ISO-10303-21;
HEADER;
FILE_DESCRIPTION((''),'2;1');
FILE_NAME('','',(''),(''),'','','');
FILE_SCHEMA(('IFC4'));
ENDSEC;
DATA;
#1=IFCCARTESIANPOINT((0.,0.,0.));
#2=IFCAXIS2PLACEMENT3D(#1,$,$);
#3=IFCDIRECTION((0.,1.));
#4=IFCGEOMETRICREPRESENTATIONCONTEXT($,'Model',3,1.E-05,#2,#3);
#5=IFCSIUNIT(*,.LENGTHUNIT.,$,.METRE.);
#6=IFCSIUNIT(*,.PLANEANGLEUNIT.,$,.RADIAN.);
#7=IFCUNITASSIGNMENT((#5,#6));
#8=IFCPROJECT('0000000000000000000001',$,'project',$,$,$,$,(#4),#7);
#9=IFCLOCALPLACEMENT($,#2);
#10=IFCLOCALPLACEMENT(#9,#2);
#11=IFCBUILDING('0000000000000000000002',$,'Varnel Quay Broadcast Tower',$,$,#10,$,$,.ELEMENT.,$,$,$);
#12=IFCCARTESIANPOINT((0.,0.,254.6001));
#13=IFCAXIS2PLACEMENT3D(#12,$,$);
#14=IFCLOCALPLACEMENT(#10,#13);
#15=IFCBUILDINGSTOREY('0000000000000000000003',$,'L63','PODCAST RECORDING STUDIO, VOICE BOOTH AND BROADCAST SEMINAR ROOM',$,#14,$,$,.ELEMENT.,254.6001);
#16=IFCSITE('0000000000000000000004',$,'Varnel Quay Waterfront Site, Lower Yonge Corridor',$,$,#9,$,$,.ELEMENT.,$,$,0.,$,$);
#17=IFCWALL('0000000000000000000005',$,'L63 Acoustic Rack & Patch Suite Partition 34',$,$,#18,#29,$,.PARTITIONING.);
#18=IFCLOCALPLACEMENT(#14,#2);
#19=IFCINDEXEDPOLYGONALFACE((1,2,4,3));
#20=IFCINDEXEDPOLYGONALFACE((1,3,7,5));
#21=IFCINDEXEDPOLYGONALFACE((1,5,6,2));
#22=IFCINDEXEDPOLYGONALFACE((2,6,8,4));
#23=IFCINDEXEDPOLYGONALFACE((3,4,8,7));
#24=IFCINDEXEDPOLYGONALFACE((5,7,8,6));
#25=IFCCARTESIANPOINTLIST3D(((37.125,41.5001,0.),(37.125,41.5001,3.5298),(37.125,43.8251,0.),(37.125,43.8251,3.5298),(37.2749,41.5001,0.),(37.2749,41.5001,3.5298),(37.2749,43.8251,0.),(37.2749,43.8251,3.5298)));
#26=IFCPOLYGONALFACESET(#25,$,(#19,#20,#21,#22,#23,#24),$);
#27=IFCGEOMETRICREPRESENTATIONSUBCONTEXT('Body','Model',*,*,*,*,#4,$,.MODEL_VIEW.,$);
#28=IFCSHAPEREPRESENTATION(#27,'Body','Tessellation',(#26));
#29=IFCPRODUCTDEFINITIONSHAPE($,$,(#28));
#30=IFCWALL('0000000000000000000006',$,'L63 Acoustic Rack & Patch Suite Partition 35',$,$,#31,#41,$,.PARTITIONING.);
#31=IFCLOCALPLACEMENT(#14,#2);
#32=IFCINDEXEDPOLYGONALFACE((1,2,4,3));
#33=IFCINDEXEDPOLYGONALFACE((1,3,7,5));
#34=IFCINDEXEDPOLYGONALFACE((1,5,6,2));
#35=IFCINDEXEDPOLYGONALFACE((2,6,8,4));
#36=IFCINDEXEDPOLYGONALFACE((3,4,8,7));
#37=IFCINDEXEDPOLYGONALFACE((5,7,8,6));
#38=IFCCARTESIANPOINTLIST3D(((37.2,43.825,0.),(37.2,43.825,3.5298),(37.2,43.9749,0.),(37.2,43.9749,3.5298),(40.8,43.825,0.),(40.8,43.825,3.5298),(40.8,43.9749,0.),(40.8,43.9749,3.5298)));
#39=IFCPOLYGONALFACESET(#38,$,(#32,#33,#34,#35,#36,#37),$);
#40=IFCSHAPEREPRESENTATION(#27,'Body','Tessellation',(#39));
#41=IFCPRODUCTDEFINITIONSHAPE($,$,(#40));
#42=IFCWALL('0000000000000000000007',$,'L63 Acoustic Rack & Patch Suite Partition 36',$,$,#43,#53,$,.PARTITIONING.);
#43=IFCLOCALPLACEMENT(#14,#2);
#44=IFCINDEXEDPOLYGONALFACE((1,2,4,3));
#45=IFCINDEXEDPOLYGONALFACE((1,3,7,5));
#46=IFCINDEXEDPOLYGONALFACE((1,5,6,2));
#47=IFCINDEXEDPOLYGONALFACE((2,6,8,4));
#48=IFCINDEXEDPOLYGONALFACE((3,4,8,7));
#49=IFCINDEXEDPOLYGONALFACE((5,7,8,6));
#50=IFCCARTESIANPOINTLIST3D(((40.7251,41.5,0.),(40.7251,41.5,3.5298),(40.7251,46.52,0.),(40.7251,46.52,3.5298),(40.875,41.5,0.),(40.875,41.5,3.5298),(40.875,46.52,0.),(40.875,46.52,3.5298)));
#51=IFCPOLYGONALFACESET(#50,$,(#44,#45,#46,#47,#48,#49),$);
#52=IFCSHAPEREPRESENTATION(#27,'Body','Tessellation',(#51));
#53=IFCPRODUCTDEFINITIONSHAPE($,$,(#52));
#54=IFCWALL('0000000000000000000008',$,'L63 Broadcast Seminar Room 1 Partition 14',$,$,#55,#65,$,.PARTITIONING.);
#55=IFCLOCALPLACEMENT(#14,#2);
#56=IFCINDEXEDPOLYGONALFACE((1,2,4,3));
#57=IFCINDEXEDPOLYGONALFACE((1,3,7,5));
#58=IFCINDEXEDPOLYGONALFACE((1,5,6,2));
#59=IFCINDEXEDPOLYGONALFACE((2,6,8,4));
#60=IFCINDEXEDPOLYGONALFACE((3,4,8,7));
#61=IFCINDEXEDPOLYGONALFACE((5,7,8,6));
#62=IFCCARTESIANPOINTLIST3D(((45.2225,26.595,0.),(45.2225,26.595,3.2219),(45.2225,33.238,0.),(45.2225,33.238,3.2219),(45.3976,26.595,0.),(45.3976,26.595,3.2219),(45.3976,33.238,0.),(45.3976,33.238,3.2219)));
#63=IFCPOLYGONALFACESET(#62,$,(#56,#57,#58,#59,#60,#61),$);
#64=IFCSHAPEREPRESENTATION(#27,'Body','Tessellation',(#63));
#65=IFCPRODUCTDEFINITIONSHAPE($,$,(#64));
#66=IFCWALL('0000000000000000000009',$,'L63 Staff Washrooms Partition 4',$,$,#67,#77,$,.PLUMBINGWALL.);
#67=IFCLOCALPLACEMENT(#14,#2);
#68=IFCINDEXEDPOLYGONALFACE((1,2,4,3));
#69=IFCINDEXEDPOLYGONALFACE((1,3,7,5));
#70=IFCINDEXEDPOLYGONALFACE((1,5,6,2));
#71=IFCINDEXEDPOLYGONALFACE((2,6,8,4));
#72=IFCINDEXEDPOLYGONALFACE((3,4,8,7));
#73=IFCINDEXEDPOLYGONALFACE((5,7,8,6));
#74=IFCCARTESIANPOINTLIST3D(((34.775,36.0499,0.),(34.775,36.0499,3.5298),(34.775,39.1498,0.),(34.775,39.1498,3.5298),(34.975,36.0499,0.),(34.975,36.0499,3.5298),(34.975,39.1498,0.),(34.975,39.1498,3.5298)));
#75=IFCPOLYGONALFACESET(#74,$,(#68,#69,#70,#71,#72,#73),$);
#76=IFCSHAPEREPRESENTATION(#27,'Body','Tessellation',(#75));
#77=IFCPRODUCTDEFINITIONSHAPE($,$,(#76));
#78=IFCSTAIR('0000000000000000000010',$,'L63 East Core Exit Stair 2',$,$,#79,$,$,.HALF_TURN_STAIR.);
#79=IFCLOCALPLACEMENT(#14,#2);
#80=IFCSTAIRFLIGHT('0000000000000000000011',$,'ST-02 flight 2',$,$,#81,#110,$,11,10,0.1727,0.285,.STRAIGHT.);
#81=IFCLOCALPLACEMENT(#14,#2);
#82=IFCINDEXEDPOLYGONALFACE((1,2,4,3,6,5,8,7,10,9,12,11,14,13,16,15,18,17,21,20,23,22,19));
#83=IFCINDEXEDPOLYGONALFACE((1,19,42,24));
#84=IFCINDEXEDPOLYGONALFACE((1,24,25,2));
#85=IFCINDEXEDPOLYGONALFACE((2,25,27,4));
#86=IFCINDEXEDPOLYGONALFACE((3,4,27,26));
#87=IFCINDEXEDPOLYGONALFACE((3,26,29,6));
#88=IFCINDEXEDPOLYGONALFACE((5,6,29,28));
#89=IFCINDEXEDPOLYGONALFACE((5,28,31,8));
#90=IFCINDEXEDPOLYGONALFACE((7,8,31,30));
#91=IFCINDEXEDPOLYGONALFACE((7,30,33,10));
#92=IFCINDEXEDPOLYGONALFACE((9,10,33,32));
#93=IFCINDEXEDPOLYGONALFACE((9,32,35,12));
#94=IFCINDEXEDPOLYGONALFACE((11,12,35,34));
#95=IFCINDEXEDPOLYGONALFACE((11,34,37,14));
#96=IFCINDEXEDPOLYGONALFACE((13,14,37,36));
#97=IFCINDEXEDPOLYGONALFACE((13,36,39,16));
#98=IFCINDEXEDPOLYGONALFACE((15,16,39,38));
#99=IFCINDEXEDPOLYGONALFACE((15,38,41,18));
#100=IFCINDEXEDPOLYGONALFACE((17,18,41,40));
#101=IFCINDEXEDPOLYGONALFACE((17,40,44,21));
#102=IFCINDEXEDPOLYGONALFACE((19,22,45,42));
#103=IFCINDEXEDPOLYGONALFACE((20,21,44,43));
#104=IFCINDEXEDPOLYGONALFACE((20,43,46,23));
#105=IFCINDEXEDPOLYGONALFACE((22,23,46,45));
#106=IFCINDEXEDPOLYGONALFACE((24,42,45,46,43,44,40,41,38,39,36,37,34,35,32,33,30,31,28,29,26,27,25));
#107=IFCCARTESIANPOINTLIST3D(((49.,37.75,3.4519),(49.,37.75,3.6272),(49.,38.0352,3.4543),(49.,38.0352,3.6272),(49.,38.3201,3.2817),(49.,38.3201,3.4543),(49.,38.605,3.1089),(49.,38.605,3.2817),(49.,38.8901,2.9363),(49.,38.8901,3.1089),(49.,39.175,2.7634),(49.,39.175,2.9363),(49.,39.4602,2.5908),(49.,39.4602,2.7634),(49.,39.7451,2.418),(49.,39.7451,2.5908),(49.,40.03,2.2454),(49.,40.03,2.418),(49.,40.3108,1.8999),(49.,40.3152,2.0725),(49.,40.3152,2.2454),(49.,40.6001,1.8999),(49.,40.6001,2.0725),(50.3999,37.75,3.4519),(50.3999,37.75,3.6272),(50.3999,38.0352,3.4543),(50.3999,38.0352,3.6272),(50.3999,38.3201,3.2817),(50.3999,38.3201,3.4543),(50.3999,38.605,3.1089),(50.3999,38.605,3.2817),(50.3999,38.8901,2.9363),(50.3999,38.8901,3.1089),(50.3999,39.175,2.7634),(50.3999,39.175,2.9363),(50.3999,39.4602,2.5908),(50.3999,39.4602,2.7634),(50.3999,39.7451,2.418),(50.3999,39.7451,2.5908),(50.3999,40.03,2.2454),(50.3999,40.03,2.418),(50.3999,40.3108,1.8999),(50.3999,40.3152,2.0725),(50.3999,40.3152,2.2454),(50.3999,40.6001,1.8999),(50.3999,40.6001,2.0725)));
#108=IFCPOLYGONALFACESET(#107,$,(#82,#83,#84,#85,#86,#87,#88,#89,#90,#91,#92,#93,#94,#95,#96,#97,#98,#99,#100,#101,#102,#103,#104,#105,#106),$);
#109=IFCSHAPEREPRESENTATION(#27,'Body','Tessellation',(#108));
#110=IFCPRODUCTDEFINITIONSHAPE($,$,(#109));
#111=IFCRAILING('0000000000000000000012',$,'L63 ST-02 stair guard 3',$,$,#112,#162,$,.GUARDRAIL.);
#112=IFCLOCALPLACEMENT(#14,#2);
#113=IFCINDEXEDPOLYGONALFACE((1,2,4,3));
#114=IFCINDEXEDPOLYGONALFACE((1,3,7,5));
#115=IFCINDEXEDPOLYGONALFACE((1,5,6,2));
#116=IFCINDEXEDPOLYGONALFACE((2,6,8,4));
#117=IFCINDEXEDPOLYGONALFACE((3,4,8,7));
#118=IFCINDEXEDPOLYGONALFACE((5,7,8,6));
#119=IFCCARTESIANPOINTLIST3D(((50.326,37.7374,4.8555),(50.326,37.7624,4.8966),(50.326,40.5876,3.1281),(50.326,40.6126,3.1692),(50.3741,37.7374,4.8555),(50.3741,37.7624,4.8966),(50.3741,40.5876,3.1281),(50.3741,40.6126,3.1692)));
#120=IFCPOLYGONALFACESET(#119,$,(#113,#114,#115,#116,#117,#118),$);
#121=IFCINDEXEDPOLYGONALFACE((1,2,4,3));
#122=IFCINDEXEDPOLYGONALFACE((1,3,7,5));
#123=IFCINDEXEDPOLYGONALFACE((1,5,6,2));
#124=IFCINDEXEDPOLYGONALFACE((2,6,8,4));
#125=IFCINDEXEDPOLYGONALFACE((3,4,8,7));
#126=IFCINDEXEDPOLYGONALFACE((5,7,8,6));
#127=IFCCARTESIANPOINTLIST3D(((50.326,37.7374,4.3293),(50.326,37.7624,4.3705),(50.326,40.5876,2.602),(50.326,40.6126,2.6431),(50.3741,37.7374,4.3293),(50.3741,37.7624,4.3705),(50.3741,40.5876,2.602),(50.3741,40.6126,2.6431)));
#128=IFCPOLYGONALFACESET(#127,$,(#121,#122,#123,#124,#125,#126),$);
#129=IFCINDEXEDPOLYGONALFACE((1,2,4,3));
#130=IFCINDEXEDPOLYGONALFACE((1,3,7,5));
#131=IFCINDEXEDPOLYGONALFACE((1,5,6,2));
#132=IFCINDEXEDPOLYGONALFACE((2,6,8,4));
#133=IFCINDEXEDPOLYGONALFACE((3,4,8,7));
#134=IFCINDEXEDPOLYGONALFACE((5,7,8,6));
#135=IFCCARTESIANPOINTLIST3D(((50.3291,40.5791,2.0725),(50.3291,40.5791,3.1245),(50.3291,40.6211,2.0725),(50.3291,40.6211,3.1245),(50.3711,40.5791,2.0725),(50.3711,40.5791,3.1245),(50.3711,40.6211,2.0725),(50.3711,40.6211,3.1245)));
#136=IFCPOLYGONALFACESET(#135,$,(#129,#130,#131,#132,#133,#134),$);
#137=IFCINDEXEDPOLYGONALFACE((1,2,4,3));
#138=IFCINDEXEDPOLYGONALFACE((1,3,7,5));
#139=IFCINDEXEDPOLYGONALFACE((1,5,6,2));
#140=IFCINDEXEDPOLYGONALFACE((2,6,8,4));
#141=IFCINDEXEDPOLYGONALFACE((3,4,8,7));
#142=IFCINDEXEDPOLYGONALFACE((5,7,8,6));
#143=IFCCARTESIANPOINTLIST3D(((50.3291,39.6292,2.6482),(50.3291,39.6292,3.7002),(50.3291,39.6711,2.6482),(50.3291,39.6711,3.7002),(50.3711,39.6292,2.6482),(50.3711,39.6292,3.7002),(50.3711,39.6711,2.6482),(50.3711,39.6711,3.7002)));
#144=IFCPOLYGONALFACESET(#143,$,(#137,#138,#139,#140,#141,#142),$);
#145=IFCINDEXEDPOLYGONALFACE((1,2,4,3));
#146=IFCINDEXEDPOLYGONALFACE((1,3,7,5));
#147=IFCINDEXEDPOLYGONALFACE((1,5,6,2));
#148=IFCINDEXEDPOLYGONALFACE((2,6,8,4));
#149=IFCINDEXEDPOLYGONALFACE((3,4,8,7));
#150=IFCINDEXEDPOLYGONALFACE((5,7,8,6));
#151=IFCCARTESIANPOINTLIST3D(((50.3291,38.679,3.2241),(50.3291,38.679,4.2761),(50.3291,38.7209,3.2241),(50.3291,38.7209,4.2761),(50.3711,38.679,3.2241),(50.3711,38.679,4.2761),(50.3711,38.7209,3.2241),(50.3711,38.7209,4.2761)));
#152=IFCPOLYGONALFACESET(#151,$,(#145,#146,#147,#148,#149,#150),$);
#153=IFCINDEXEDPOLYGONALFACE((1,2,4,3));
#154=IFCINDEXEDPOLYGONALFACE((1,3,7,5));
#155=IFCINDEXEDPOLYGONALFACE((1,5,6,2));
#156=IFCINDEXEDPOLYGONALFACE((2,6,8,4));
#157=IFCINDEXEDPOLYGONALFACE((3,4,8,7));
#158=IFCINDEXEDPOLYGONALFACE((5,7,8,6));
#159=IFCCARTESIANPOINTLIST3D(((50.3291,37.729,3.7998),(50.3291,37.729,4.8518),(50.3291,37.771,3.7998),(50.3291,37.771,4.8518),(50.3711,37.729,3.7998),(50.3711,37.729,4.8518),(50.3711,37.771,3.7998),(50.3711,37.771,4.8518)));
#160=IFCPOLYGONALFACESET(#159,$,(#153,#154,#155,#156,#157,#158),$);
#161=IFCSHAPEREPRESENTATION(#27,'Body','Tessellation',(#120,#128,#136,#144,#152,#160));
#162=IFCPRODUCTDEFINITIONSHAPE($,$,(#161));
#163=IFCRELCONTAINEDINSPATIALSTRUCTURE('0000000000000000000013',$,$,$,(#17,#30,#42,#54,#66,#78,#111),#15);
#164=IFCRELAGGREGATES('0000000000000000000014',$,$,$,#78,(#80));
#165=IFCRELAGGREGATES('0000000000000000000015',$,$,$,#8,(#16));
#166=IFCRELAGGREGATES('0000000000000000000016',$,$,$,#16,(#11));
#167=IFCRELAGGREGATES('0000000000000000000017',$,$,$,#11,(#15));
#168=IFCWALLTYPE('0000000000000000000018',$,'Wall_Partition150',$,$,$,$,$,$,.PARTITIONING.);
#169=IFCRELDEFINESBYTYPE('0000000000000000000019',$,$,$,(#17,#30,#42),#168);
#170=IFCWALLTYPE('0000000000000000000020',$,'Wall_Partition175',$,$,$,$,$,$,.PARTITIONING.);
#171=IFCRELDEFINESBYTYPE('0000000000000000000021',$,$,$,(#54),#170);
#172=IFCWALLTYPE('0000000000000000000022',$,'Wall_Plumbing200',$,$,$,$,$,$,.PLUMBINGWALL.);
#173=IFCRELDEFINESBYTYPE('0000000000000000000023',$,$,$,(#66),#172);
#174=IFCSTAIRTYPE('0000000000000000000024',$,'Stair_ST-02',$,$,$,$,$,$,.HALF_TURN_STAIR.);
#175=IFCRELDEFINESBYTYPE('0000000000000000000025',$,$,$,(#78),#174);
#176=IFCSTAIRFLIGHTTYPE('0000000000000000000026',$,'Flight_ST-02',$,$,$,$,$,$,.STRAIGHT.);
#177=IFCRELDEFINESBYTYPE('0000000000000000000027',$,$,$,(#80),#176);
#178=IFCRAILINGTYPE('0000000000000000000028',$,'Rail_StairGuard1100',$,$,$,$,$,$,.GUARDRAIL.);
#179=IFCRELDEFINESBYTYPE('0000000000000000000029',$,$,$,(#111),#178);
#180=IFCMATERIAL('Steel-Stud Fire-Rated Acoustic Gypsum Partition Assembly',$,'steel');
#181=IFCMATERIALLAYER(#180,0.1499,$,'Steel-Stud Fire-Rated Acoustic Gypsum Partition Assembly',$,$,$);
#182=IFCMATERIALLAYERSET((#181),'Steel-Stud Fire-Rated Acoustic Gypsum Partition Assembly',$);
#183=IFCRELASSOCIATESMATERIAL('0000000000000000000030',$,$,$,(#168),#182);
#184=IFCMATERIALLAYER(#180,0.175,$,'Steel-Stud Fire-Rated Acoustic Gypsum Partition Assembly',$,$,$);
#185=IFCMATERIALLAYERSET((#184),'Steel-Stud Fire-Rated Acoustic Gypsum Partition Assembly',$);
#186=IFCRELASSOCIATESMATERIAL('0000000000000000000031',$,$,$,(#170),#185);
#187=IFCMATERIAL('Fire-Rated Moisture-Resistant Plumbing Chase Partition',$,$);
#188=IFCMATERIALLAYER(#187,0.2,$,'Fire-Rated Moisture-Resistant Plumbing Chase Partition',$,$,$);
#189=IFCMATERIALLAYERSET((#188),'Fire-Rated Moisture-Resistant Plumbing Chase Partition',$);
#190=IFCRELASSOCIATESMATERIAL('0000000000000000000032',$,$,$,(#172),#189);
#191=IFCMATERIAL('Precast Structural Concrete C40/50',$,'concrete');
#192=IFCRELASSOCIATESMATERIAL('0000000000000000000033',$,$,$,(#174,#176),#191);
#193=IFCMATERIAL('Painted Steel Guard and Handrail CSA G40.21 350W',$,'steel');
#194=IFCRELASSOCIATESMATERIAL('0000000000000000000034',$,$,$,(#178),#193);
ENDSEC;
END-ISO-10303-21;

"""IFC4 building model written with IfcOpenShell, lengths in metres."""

from ifc_helpers import new_model, si_unit, direction, frame, frame_2d, origin, origin_2d, place, context, subcontext, project, spatial, polyline, rectangle, outline, extrude, material, layer, layer_set, type_object, element, aggregate, save


model = new_model("IFC4")

# Units and contexts
model_context = context("Model", 3, precision=1e-05, world=origin(), true_north=direction((0.0, 1.0)))
body_context = subcontext(model_context, "Body", "Model", "MODEL_VIEW")
ifc_project = project(units=[si_unit("LENGTHUNIT", "METRE"), si_unit("PLANEANGLEUNIT", "RADIAN")], contexts=[model_context])

# Site, building, storey
site_placement = place(None, origin())
site = spatial("IfcSite", under=ifc_project, at=site_placement, Name="Varnel Quay Waterfront Site, Lower Yonge Corridor", CompositionType="ELEMENT", RefElevation=0.0)
building_placement = place(site_placement, origin())
building = spatial("IfcBuilding", under=site, at=building_placement, Name="Varnel Quay Broadcast Tower", CompositionType="ELEMENT")
storey_placement = place(building_placement, frame((0.0, 0.0, 254.6001)))
storey = spatial("IfcBuildingStorey", under=building, at=storey_placement, Name="L63", Description="PODCAST RECORDING STUDIO, VOICE BOOTH AND BROADCAST SEMINAR ROOM", CompositionType="ELEMENT", Elevation=254.6001)

# Walls
ifc_material_1 = material(Name="Steel-Stud Fire-Rated Acoustic Gypsum Partition Assembly", Category="steel")
ifc_layer_1 = layer(ifc_material_1, 0.1499, Name="Steel-Stud Fire-Rated Acoustic Gypsum Partition Assembly")
ifc_layer_set_1 = layer_set([ifc_layer_1], Name="Steel-Stud Fire-Rated Acoustic Gypsum Partition Assembly")
wall_type_1 = type_object("IfcWallType", Name="Wall_Partition150", PredefinedType="PARTITIONING", material=ifc_layer_set_1)
wall_1_placement = place(storey_placement, frame((37.2, 41.5, 0.0), z_axis=(0.0, 0.0, 1.0), x_axis=(0.0, 1.0, 0.0)))
element("IfcWall", 1, at=wall_1_placement, inside=storey, type_object=wall_type_1, Name="L63 Acoustic Rack & Patch Suite Partition 34", PredefinedType="PARTITIONING", context=body_context, shape_type="SweptSolid", body=[
    extrude(rectangle(XDim=2.325, YDim=0.1499, at=frame_2d((1.1626, 0.0))), origin(), (0.0, 0.0, 1.0), 3.5298),
])
wall_2_placement = place(storey_placement, frame((37.2, 43.8999, 0.0), z_axis=(0.0, 0.0, 1.0), x_axis=(1.0, 0.0, 0.0)))
element("IfcWall", 2, at=wall_2_placement, inside=storey, type_object=wall_type_1, Name="L63 Acoustic Rack & Patch Suite Partition 35", PredefinedType="PARTITIONING", context=body_context, shape_type="SweptSolid", body=[
    extrude(rectangle(XDim=3.6001, YDim=0.1499, at=frame_2d((1.8, 0.0))), origin(), (0.0, 0.0, 1.0), 3.5298),
])
wall_3_placement = place(storey_placement, frame((40.8, 41.5, 0.0), z_axis=(0.0, 0.0, 1.0), x_axis=(0.0, 1.0, 0.0)))
element("IfcWall", 3, at=wall_3_placement, inside=storey, type_object=wall_type_1, Name="L63 Acoustic Rack & Patch Suite Partition 36", PredefinedType="PARTITIONING", context=body_context, shape_type="SweptSolid", body=[
    extrude(rectangle(XDim=5.02, YDim=0.1499, at=frame_2d((2.51, 0.0))), origin(), (0.0, 0.0, 1.0), 3.5298),
])
ifc_layer_2 = layer(ifc_material_1, 0.175, Name="Steel-Stud Fire-Rated Acoustic Gypsum Partition Assembly")
ifc_layer_set_2 = layer_set([ifc_layer_2], Name="Steel-Stud Fire-Rated Acoustic Gypsum Partition Assembly")
wall_type_2 = type_object("IfcWallType", Name="Wall_Partition175", PredefinedType="PARTITIONING", material=ifc_layer_set_2)
wall_4_placement = place(storey_placement, frame((45.3101, 26.595, 0.0), z_axis=(0.0, 0.0, 1.0), x_axis=(0.0, 1.0, 0.0)))
element("IfcWall", 4, at=wall_4_placement, inside=storey, type_object=wall_type_2, Name="L63 Broadcast Seminar Room 1 Partition 14", PredefinedType="PARTITIONING", context=body_context, shape_type="SweptSolid", body=[
    extrude(rectangle(XDim=6.6431, YDim=0.175, at=frame_2d((3.3215, 0.0))), origin(), (0.0, 0.0, 1.0), 3.2219),
])
ifc_material_2 = material(Name="Fire-Rated Moisture-Resistant Plumbing Chase Partition")
ifc_layer_3 = layer(ifc_material_2, 0.2, Name="Fire-Rated Moisture-Resistant Plumbing Chase Partition")
ifc_layer_set_3 = layer_set([ifc_layer_3], Name="Fire-Rated Moisture-Resistant Plumbing Chase Partition")
wall_type_3 = type_object("IfcWallType", Name="Wall_Plumbing200", PredefinedType="PLUMBINGWALL", material=ifc_layer_set_3)
wall_5_placement = place(storey_placement, frame((34.875, 36.05, 0.0), z_axis=(0.0, 0.0, 1.0), x_axis=(0.0, 1.0, 0.0)))
element("IfcWall", 5, at=wall_5_placement, inside=storey, type_object=wall_type_3, Name="L63 Staff Washrooms Partition 4", PredefinedType="PLUMBINGWALL", context=body_context, shape_type="SweptSolid", body=[
    extrude(rectangle(XDim=3.0999, YDim=0.2, at=frame_2d((1.5498, 0.0))), origin(), (0.0, 0.0, 1.0), 3.5298),
])

# Stair, stair flight
ifc_material_3 = material(Name="Precast Structural Concrete C40/50", Category="concrete")
stair_type = type_object("IfcStairType", Name="Stair_ST-02", PredefinedType="HALF_TURN_STAIR", material=ifc_material_3)
stair_placement = place(storey_placement, origin())
stair = element("IfcStair", 6, at=stair_placement, inside=storey, type_object=stair_type, Name="L63 East Core Exit Stair 2", PredefinedType="HALF_TURN_STAIR")
stair_flight_type = type_object("IfcStairFlightType", Name="Flight_ST-02", PredefinedType="STRAIGHT", material=ifc_material_3)
stair_flight_placement = place(storey_placement, frame((49.7, 40.6001, 1.8999), z_axis=(0.0, 0.0, 1.0), x_axis=(0.0, -1.0, 0.0)))
stair_flight = element("IfcStairFlight", 7, at=stair_flight_placement, type_object=stair_flight_type, Name="ST-02 flight 2", NumberOfRisers=11, NumberOfTreads=10, PredefinedType="STRAIGHT", RiserHeight=0.1727, TreadLength=0.285, context=body_context, shape_type="SweptSolid", body=[
    extrude(outline(polyline([(0.0, 0.0), (0.0, 0.1726), (0.2849, 0.1726), (0.2849, 0.3455), (0.5701, 0.3455), (0.5701, 0.5181), (0.855, 0.5181), (0.855, 0.6909), (1.1399, 0.6909), (1.1399, 0.8635), (1.425, 0.8635), (1.425, 1.0364), (1.71, 1.0364), (1.71, 1.209), (1.9951, 1.209), (1.9951, 1.3818), (2.28, 1.3818), (2.28, 1.5544), (2.5649, 1.5544), (2.5649, 1.7273), (2.8501, 1.7273), (2.8501, 1.8999), (2.8501, 1.552), (0.2893, 0.0), (0.0, 0.0)])), frame((0.0, 0.7, 0.0), z_axis=(0.0, -1.0, 0.0), x_axis=(1.0, 0.0, 0.0)), (0.0, 0.0, 1.0), 1.3999),
])
aggregate(stair, [stair_flight])

# Railing
ifc_material_4 = material(Name="Painted Steel Guard and Handrail CSA G40.21 350W", Category="steel")
railing_type_1 = type_object("IfcRailingType", Name="Rail_StairGuard1100", PredefinedType="GUARDRAIL", material=ifc_material_4)
railing_1_placement = place(storey_placement, frame((50.3501, 40.6001, 2.0725)))
element("IfcRailing", 8, at=railing_1_placement, inside=storey, type_object=railing_type_1, Name="L63 ST-02 stair guard 3", PredefinedType="GUARDRAIL", context=body_context, shape_type="SweptSolid", body=[
    extrude(rectangle(XDim=0.0481, YDim=0.0481, at=origin_2d()), frame((0.0, 0.0, 1.0762), z_axis=(0.0, -0.855203, 0.518294), x_axis=(1.0, 0.0, 0.0)), (0.0, 0.0, 1.0), 3.3328),
    extrude(rectangle(XDim=0.0481, YDim=0.0481, at=origin_2d()), frame((0.0, 0.0, 0.55), z_axis=(0.0, -0.855203, 0.518294), x_axis=(1.0, 0.0, 0.0)), (0.0, 0.0, 1.0), 3.3328),
    extrude(rectangle(XDim=0.042, YDim=0.042, at=origin_2d()), origin(), (0.0, 0.0, 1.0), 1.052),
    extrude(rectangle(XDim=0.042, YDim=0.042, at=origin_2d()), frame((0.0, -0.95, 0.5757)), (0.0, 0.0, 1.0), 1.052),
    extrude(rectangle(XDim=0.042, YDim=0.042, at=origin_2d()), frame((0.0, -1.9001, 1.1516)), (0.0, 0.0, 1.0), 1.052),
    extrude(rectangle(XDim=0.042, YDim=0.042, at=origin_2d()), frame((0.0, -2.8501, 1.7273)), (0.0, 0.0, 1.0), 1.052),
])

save(model, "model.ifc")
